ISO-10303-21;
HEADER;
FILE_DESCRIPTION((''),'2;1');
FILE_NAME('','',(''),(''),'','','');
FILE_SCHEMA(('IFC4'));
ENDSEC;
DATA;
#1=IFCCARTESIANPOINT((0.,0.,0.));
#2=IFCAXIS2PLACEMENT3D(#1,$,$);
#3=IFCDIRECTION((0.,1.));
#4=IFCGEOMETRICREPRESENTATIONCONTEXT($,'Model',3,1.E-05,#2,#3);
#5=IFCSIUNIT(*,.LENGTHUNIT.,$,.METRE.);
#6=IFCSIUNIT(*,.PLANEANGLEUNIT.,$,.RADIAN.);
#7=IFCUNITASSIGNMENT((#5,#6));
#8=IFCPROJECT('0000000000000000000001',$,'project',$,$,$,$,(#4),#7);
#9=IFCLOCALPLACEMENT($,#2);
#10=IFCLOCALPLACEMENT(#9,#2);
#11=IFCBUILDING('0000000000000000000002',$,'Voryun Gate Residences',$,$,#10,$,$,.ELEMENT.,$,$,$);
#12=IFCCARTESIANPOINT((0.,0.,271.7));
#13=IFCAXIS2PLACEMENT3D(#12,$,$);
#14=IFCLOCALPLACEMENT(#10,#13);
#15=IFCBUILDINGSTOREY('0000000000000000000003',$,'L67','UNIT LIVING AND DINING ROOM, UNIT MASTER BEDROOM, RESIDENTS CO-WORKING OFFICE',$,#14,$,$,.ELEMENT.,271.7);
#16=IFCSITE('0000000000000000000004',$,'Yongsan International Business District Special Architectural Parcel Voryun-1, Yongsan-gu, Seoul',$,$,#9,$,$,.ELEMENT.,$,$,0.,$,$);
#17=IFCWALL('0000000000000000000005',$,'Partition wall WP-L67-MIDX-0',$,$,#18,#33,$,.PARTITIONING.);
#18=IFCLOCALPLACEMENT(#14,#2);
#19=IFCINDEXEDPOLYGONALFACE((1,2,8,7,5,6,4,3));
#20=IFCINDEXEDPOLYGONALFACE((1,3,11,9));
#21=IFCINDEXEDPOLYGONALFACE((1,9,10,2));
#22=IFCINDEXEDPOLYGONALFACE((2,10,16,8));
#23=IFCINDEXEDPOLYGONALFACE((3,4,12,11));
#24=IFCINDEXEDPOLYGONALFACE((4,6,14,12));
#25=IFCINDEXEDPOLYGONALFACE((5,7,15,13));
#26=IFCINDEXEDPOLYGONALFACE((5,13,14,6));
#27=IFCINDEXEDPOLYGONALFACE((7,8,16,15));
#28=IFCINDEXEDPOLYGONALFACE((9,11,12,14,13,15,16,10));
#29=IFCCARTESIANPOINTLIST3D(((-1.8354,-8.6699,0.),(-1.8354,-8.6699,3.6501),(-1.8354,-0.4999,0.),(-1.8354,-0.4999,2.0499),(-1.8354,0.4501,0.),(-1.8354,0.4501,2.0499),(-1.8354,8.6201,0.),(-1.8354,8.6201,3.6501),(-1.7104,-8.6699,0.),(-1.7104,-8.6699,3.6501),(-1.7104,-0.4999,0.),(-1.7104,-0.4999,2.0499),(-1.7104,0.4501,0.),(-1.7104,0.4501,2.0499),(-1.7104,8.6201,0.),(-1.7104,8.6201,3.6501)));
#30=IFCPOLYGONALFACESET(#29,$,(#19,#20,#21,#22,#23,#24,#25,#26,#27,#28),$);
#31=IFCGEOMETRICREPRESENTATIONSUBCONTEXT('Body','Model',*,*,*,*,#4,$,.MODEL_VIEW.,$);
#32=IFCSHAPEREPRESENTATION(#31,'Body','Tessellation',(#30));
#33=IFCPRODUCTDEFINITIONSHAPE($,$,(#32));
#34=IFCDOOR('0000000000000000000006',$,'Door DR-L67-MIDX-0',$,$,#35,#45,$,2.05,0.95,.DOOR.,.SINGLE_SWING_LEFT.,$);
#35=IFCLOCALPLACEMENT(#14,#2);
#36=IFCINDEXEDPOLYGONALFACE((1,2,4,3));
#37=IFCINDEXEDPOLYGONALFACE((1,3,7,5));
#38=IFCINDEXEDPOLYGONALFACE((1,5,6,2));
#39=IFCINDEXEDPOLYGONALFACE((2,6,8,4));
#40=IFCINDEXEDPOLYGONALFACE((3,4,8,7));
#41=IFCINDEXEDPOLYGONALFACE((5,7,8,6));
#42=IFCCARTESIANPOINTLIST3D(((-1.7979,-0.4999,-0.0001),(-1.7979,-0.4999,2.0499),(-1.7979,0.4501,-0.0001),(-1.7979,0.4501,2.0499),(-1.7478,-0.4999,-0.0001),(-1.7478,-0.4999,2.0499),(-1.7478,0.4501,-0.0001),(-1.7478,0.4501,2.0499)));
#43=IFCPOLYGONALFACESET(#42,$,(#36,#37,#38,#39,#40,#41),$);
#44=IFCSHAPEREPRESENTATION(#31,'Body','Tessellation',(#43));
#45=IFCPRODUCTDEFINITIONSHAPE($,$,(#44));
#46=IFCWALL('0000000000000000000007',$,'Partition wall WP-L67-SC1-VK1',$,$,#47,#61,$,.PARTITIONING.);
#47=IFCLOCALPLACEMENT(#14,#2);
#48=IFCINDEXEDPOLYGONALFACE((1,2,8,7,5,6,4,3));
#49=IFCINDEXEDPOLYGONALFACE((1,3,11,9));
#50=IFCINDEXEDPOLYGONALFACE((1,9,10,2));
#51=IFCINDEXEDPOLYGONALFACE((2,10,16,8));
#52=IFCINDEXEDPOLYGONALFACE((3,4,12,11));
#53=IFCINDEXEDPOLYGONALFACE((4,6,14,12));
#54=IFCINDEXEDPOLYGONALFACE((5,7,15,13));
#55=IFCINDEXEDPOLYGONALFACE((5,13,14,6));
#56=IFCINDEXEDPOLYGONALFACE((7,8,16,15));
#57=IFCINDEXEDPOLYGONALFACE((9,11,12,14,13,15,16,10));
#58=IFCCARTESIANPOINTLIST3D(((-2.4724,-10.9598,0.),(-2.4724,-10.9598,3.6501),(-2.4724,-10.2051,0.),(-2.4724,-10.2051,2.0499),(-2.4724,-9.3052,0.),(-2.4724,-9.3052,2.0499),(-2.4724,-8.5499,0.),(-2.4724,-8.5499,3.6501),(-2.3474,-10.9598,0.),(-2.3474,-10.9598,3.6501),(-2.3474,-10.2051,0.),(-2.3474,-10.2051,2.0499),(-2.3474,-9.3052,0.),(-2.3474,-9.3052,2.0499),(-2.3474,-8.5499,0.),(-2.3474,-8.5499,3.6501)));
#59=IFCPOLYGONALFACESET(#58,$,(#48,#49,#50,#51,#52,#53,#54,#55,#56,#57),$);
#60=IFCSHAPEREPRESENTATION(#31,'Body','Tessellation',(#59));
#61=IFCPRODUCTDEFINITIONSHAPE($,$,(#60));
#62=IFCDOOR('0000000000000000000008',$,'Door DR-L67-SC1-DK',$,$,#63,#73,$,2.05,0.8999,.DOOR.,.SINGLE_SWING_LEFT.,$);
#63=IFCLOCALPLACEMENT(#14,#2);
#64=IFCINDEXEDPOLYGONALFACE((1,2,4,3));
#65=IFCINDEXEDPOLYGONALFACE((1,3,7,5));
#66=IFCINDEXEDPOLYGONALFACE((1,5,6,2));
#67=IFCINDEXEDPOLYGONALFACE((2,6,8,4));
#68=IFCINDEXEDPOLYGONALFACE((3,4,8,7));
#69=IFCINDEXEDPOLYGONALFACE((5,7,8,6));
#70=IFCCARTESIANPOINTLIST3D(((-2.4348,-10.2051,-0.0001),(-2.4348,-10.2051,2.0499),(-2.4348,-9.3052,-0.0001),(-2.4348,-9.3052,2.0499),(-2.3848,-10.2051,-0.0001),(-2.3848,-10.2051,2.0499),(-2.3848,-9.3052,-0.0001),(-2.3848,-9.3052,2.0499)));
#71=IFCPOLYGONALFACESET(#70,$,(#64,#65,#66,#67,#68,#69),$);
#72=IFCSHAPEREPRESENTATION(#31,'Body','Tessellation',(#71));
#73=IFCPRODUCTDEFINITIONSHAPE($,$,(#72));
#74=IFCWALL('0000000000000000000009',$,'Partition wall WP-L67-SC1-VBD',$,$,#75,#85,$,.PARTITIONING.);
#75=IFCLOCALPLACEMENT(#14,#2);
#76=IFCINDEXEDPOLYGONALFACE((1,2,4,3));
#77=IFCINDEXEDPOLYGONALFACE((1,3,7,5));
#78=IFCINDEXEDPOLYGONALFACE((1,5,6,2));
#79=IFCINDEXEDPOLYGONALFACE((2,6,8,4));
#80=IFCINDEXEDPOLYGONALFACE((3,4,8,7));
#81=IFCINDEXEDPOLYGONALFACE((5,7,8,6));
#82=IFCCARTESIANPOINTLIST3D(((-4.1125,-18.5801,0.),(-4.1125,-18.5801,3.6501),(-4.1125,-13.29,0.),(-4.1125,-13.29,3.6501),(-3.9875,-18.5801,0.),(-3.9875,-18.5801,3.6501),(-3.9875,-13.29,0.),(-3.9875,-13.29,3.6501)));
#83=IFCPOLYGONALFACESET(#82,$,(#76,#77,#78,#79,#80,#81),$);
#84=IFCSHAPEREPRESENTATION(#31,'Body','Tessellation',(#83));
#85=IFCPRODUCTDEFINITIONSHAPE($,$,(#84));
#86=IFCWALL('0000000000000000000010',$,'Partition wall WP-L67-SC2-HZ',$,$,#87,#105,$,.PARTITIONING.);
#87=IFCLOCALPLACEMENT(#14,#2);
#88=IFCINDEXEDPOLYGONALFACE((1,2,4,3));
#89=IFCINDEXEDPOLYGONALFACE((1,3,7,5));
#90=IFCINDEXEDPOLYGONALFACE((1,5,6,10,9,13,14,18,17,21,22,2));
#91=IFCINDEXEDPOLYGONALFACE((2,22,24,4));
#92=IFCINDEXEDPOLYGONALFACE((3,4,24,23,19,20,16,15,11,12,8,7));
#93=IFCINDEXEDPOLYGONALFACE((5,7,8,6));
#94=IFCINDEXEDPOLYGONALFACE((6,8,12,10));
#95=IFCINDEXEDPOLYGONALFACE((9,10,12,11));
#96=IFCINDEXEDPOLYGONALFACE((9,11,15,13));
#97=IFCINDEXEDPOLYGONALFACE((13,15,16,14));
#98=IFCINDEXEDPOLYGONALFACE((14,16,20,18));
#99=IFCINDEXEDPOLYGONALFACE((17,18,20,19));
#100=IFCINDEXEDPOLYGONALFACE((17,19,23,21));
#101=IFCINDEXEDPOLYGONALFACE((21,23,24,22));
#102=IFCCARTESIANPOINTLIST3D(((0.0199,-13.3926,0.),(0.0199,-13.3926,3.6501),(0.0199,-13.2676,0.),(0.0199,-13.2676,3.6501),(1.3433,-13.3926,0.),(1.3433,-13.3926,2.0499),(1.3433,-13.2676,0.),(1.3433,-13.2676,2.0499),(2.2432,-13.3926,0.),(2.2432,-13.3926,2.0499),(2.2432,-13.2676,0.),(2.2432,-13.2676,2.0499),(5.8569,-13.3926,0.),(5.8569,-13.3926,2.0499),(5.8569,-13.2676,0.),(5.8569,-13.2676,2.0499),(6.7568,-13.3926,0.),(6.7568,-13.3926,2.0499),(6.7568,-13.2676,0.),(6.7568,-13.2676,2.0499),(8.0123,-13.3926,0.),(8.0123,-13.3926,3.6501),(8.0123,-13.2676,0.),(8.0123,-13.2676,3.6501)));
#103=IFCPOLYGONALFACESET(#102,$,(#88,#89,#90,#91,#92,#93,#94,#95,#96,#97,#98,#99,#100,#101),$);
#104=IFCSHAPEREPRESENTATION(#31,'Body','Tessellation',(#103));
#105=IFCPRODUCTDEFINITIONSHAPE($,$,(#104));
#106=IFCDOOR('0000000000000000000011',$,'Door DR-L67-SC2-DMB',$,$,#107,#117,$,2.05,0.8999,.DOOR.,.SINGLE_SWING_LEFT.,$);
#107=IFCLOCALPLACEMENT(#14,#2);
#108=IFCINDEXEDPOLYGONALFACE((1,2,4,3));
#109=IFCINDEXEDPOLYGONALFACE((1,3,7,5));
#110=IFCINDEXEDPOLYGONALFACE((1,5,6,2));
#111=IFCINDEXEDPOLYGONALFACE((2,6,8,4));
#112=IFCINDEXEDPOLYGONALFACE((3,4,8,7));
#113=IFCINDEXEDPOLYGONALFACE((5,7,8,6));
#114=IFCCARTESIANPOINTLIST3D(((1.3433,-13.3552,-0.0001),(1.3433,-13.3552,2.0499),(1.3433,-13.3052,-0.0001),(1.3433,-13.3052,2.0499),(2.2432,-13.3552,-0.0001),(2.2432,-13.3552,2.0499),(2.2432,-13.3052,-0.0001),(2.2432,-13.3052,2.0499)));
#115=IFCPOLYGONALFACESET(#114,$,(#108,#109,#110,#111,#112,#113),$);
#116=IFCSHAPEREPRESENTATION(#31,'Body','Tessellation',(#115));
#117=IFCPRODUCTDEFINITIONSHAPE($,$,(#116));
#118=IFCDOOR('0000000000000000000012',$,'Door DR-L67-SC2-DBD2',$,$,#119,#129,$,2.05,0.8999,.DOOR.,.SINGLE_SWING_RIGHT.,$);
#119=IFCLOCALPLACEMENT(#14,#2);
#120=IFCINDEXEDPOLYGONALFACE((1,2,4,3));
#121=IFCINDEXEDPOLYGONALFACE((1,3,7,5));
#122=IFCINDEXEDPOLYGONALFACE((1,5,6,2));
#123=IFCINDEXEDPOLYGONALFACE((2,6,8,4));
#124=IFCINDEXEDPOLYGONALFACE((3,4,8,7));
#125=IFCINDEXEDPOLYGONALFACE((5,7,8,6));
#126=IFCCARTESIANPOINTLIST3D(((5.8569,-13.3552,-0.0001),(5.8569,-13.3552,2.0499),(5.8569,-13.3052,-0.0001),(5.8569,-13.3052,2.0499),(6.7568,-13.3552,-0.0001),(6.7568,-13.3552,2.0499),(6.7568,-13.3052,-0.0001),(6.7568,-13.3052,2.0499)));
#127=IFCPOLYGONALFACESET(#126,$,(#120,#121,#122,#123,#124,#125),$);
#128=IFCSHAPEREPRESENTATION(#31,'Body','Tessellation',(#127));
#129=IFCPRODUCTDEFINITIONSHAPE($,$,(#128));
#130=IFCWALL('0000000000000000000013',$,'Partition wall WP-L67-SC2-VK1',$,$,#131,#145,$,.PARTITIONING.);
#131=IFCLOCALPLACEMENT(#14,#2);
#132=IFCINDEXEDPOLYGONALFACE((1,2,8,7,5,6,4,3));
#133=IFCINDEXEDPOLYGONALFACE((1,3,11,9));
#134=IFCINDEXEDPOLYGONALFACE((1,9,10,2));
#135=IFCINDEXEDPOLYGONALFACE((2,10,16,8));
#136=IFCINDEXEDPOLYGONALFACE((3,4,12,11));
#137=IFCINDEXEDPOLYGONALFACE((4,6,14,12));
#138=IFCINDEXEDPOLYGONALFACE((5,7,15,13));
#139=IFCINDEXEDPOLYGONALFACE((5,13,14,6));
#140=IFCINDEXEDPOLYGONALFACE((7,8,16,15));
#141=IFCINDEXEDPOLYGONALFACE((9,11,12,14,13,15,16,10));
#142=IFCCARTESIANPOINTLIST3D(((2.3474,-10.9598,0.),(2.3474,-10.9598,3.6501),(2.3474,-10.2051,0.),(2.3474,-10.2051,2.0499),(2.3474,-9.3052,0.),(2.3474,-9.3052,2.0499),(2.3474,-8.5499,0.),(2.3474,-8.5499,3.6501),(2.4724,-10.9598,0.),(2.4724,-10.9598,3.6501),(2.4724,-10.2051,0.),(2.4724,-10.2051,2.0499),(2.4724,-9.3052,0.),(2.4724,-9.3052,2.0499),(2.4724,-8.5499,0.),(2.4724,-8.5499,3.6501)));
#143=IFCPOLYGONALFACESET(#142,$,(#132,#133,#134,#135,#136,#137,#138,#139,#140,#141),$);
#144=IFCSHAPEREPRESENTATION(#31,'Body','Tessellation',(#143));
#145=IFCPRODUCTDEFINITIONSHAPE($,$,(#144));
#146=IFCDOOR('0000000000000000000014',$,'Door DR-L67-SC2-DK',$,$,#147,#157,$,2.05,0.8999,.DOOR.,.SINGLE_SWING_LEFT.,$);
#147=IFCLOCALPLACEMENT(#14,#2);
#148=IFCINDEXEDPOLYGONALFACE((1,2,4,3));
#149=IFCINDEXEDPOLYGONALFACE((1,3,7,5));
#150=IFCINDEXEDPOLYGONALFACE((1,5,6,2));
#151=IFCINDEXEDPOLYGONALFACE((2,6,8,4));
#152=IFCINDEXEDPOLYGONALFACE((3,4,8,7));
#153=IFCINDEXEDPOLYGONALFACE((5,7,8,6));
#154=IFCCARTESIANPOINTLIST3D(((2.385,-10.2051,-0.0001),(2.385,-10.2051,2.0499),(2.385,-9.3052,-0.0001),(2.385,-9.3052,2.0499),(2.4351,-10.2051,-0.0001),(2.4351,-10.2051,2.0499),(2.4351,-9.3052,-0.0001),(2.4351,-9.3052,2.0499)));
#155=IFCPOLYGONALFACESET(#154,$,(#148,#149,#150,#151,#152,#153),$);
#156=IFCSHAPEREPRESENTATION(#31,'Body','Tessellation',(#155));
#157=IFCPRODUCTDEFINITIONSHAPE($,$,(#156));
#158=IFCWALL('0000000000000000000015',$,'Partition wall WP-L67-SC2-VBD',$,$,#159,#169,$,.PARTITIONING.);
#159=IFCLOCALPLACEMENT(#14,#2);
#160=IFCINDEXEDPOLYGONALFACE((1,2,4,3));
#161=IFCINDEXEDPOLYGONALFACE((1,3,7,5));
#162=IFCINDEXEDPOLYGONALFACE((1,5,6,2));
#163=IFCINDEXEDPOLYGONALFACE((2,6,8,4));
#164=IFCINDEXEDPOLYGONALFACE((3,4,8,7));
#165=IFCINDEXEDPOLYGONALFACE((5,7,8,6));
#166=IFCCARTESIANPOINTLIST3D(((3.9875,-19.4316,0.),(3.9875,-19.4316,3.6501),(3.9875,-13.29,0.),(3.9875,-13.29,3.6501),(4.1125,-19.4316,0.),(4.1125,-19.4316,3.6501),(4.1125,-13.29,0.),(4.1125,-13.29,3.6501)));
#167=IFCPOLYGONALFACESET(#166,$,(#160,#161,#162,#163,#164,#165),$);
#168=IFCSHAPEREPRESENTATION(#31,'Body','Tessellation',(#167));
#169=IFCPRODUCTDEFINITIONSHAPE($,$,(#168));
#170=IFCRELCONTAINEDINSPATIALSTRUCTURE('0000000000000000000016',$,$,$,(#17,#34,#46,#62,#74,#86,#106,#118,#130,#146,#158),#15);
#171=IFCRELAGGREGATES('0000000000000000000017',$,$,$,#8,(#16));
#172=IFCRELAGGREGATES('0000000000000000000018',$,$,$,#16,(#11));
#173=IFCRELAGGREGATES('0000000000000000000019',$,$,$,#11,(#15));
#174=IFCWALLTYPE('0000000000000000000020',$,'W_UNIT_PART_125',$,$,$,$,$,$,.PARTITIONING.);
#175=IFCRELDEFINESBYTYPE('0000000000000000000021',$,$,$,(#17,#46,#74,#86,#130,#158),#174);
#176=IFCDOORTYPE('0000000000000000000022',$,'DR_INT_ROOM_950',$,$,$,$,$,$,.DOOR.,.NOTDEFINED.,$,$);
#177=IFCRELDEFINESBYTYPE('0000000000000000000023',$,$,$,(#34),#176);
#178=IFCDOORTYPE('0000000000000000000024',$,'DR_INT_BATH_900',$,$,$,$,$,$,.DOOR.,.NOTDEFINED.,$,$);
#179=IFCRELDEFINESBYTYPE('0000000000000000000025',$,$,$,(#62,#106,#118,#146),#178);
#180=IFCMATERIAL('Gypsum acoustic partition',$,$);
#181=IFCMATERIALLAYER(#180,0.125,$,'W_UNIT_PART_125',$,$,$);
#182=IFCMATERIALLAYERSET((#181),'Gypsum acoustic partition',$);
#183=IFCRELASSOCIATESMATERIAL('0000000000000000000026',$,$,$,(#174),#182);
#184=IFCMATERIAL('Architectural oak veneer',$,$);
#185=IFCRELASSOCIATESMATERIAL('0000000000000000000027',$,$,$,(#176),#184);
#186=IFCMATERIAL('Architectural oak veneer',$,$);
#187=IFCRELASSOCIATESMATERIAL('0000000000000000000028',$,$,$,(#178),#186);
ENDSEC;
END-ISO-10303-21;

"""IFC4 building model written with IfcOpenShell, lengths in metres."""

from ifc_helpers import new_model, si_unit, direction, frame, frame_2d, origin, place, context, subcontext, project, spatial, rectangle, extrude, material, layer, layer_set, type_object, element, fill, save


model = new_model("IFC4")

# Units and contexts
model_context = context("Model", 3, precision=1e-05, world=origin(), true_north=direction((0.0, 1.0)))
body_context = subcontext(model_context, "Body", "Model", "MODEL_VIEW")
ifc_project = project(units=[si_unit("LENGTHUNIT", "METRE"), si_unit("PLANEANGLEUNIT", "RADIAN")], contexts=[model_context])

# Site, building, storey
site_placement = place(None, origin())
site = spatial("IfcSite", under=ifc_project, at=site_placement, Name="Yongsan International Business District Special Architectural Parcel Voryun-1, Yongsan-gu, Seoul", CompositionType="ELEMENT", RefElevation=0.0)
building_placement = place(site_placement, origin())
building = spatial("IfcBuilding", under=site, at=building_placement, Name="Voryun Gate Residences", CompositionType="ELEMENT")
storey_placement = place(building_placement, frame((0.0, 0.0, 271.7)))
storey = spatial("IfcBuildingStorey", under=building, at=storey_placement, Name="L67", Description="UNIT LIVING AND DINING ROOM, UNIT MASTER BEDROOM, RESIDENTS CO-WORKING OFFICE", CompositionType="ELEMENT", Elevation=271.7)

# Walls, openings, doors
ifc_material_1 = material(Name="Gypsum acoustic partition")
ifc_layer_1 = layer(ifc_material_1, 0.125, Name="W_UNIT_PART_125")
ifc_layer_set_1 = layer_set([ifc_layer_1], Name="Gypsum acoustic partition")
wall_type_1 = type_object("IfcWallType", Name="W_UNIT_PART_125", PredefinedType="PARTITIONING", material=ifc_layer_set_1)
wall_1_placement = place(storey_placement, frame((-1.7729, -8.6699, 0.0), z_axis=(0.0, 0.0, 1.0), x_axis=(0.0, 1.0, 0.0)))
wall_1 = element("IfcWall", 1, at=wall_1_placement, inside=storey, type_object=wall_type_1, Name="Partition wall WP-L67-MIDX-0", PredefinedType="PARTITIONING", context=body_context, shape_type="SweptSolid", body=[
    extrude(rectangle(XDim=17.29, YDim=0.125, at=frame_2d((8.645, 0.0))), origin(), (0.0, 0.0, 1.0), 3.6501),
])
opening_1_placement = place(wall_1_placement, frame((8.1699, 0.0, 0.0)))
opening_1 = element("IfcOpeningElement", 2, at=opening_1_placement, cuts=wall_1, PredefinedType="OPENING", context=body_context, shape_type="SweptSolid", body=[
    extrude(rectangle(XDim=0.95, YDim=2.05, at=frame_2d((0.4751, 1.0249))), frame((0.0, 0.0725, 0.0), z_axis=(0.0, -1.0, 0.0), x_axis=(1.0, 0.0, 0.0)), (0.0, 0.0, 1.0), 0.145),
])
ifc_material_2 = material(Name="Architectural oak veneer")
door_type_1 = type_object("IfcDoorType", Name="DR_INT_ROOM_950", OperationType="NOTDEFINED", PredefinedType="DOOR", material=ifc_material_2)
door_1_placement = place(opening_1_placement, origin())
door_1 = element("IfcDoor", 3, at=door_1_placement, inside=storey, type_object=door_type_1, Name="Door DR-L67-MIDX-0", OperationType="SINGLE_SWING_LEFT", OverallHeight=2.05, OverallWidth=0.95, PredefinedType="DOOR", context=body_context, shape_type="SweptSolid", body=[
    extrude(rectangle(XDim=0.95, YDim=2.05, at=frame_2d((0.4751, 1.0249))), frame((0.0, 0.0249, 0.0), z_axis=(0.0, -1.0, 0.0), x_axis=(1.0, 0.0, 0.0)), (0.0, 0.0, 1.0), 0.05),
])
fill(opening_1, door_1)
wall_2_placement = place(storey_placement, frame((-2.4099, -10.96, 0.0), z_axis=(0.0, 0.0, 1.0), x_axis=(0.0, 1.0, 0.0)))
wall_2 = element("IfcWall", 4, at=wall_2_placement, inside=storey, type_object=wall_type_1, Name="Partition wall WP-L67-SC1-VK1", PredefinedType="PARTITIONING", context=body_context, shape_type="SweptSolid", body=[
    extrude(rectangle(XDim=2.4099, YDim=0.125, at=frame_2d((1.2051, 0.0))), origin(), (0.0, 0.0, 1.0), 3.6501),
])
opening_2_placement = place(wall_2_placement, frame((0.7549, 0.0, 0.0)))
opening_2 = element("IfcOpeningElement", 5, at=opening_2_placement, cuts=wall_2, PredefinedType="OPENING", context=body_context, shape_type="SweptSolid", body=[
    extrude(rectangle(XDim=0.8999, YDim=2.05, at=frame_2d((0.45, 1.0249))), frame((0.0, 0.0725, 0.0), z_axis=(0.0, -1.0, 0.0), x_axis=(1.0, 0.0, 0.0)), (0.0, 0.0, 1.0), 0.145),
])
ifc_material_3 = material(Name="Architectural oak veneer")
door_type_2 = type_object("IfcDoorType", Name="DR_INT_BATH_900", OperationType="NOTDEFINED", PredefinedType="DOOR", material=ifc_material_3)
door_2_placement = place(opening_2_placement, origin())
door_2 = element("IfcDoor", 6, at=door_2_placement, inside=storey, type_object=door_type_2, Name="Door DR-L67-SC1-DK", OperationType="SINGLE_SWING_LEFT", OverallHeight=2.05, OverallWidth=0.8999, PredefinedType="DOOR", context=body_context, shape_type="SweptSolid", body=[
    extrude(rectangle(XDim=0.8999, YDim=2.05, at=frame_2d((0.45, 1.0249))), frame((0.0, 0.0249, 0.0), z_axis=(0.0, -1.0, 0.0), x_axis=(1.0, 0.0, 0.0)), (0.0, 0.0, 1.0), 0.05),
])
fill(opening_2, door_2)

# Wall
wall_3_placement = place(storey_placement, frame((-4.05, -18.5801, 0.0), z_axis=(0.0, 0.0, 1.0), x_axis=(0.0, 1.0, 0.0)))
element("IfcWall", 7, at=wall_3_placement, inside=storey, type_object=wall_type_1, Name="Partition wall WP-L67-SC1-VBD", PredefinedType="PARTITIONING", context=body_context, shape_type="SweptSolid", body=[
    extrude(rectangle(XDim=5.29, YDim=0.125, at=frame_2d((2.645, 0.0))), origin(), (0.0, 0.0, 1.0), 3.6501),
])

# Wall, openings, doors
wall_4_placement = place(storey_placement, frame((0.02, -13.3301, 0.0), z_axis=(0.0, 0.0, 1.0), x_axis=(1.0, 0.0, 0.0)))
wall_4 = element("IfcWall", 8, at=wall_4_placement, inside=storey, type_object=wall_type_1, Name="Partition wall WP-L67-SC2-HZ", PredefinedType="PARTITIONING", context=body_context, shape_type="SweptSolid", body=[
    extrude(rectangle(XDim=7.9924, YDim=0.125, at=frame_2d((3.9961, 0.0))), origin(), (0.0, 0.0, 1.0), 3.6501),
])
opening_3_placement = place(wall_4_placement, frame((1.3232, 0.0, 0.0)))
opening_3 = element("IfcOpeningElement", 9, at=opening_3_placement, cuts=wall_4, PredefinedType="OPENING", context=body_context, shape_type="SweptSolid", body=[
    extrude(rectangle(XDim=0.8999, YDim=2.05, at=frame_2d((0.45, 1.0249))), frame((0.0, 0.0725, 0.0), z_axis=(0.0, -1.0, 0.0), x_axis=(1.0, 0.0, 0.0)), (0.0, 0.0, 1.0), 0.145),
])
opening_4_placement = place(wall_4_placement, frame((5.8369, 0.0, 0.0)))
opening_4 = element("IfcOpeningElement", 10, at=opening_4_placement, cuts=wall_4, PredefinedType="OPENING", context=body_context, shape_type="SweptSolid", body=[
    extrude(rectangle(XDim=0.8999, YDim=2.05, at=frame_2d((0.45, 1.0249))), frame((0.0, 0.0725, 0.0), z_axis=(0.0, -1.0, 0.0), x_axis=(1.0, 0.0, 0.0)), (0.0, 0.0, 1.0), 0.145),
])
door_3_placement = place(opening_3_placement, origin())
door_3 = element("IfcDoor", 11, at=door_3_placement, inside=storey, type_object=door_type_2, Name="Door DR-L67-SC2-DMB", OperationType="SINGLE_SWING_LEFT", OverallHeight=2.05, OverallWidth=0.8999, PredefinedType="DOOR", context=body_context, shape_type="SweptSolid", body=[
    extrude(rectangle(XDim=0.8999, YDim=2.05, at=frame_2d((0.45, 1.0249))), frame((0.0, 0.0249, 0.0), z_axis=(0.0, -1.0, 0.0), x_axis=(1.0, 0.0, 0.0)), (0.0, 0.0, 1.0), 0.05),
])
fill(opening_3, door_3)
door_4_placement = place(opening_4_placement, origin())
door_4 = element("IfcDoor", 12, at=door_4_placement, inside=storey, type_object=door_type_2, Name="Door DR-L67-SC2-DBD2", OperationType="SINGLE_SWING_RIGHT", OverallHeight=2.05, OverallWidth=0.8999, PredefinedType="DOOR", context=body_context, shape_type="SweptSolid", body=[
    extrude(rectangle(XDim=0.8999, YDim=2.05, at=frame_2d((0.45, 1.0249))), frame((0.0, 0.0249, 0.0), z_axis=(0.0, -1.0, 0.0), x_axis=(1.0, 0.0, 0.0)), (0.0, 0.0, 1.0), 0.05),
])
fill(opening_4, door_4)

# Wall, opening, door
wall_5_placement = place(storey_placement, frame((2.4099, -10.96, 0.0), z_axis=(0.0, 0.0, 1.0), x_axis=(0.0, 1.0, 0.0)))
wall_5 = element("IfcWall", 13, at=wall_5_placement, inside=storey, type_object=wall_type_1, Name="Partition wall WP-L67-SC2-VK1", PredefinedType="PARTITIONING", context=body_context, shape_type="SweptSolid", body=[
    extrude(rectangle(XDim=2.4099, YDim=0.125, at=frame_2d((1.2051, 0.0))), origin(), (0.0, 0.0, 1.0), 3.6501),
])
opening_5_placement = place(wall_5_placement, frame((0.7549, 0.0, 0.0)))
opening_5 = element("IfcOpeningElement", 14, at=opening_5_placement, cuts=wall_5, PredefinedType="OPENING", context=body_context, shape_type="SweptSolid", body=[
    extrude(rectangle(XDim=0.8999, YDim=2.05, at=frame_2d((0.45, 1.0249))), frame((0.0, 0.0725, 0.0), z_axis=(0.0, -1.0, 0.0), x_axis=(1.0, 0.0, 0.0)), (0.0, 0.0, 1.0), 0.145),
])
door_5_placement = place(opening_5_placement, origin())
door_5 = element("IfcDoor", 15, at=door_5_placement, inside=storey, type_object=door_type_2, Name="Door DR-L67-SC2-DK", OperationType="SINGLE_SWING_LEFT", OverallHeight=2.05, OverallWidth=0.8999, PredefinedType="DOOR", context=body_context, shape_type="SweptSolid", body=[
    extrude(rectangle(XDim=0.8999, YDim=2.05, at=frame_2d((0.45, 1.0249))), frame((0.0, 0.0249, 0.0), z_axis=(0.0, -1.0, 0.0), x_axis=(1.0, 0.0, 0.0)), (0.0, 0.0, 1.0), 0.05),
])
fill(opening_5, door_5)

# Wall
wall_6_placement = place(storey_placement, frame((4.05, -19.4316, 0.0), z_axis=(0.0, 0.0, 1.0), x_axis=(0.0, 1.0, 0.0)))
element("IfcWall", 16, at=wall_6_placement, inside=storey, type_object=wall_type_1, Name="Partition wall WP-L67-SC2-VBD", PredefinedType="PARTITIONING", context=body_context, shape_type="SweptSolid", body=[
    extrude(rectangle(XDim=6.1416, YDim=0.125, at=frame_2d((3.0708, 0.0))), origin(), (0.0, 0.0, 1.0), 3.6501),
])

save(model, "model.ifc")
